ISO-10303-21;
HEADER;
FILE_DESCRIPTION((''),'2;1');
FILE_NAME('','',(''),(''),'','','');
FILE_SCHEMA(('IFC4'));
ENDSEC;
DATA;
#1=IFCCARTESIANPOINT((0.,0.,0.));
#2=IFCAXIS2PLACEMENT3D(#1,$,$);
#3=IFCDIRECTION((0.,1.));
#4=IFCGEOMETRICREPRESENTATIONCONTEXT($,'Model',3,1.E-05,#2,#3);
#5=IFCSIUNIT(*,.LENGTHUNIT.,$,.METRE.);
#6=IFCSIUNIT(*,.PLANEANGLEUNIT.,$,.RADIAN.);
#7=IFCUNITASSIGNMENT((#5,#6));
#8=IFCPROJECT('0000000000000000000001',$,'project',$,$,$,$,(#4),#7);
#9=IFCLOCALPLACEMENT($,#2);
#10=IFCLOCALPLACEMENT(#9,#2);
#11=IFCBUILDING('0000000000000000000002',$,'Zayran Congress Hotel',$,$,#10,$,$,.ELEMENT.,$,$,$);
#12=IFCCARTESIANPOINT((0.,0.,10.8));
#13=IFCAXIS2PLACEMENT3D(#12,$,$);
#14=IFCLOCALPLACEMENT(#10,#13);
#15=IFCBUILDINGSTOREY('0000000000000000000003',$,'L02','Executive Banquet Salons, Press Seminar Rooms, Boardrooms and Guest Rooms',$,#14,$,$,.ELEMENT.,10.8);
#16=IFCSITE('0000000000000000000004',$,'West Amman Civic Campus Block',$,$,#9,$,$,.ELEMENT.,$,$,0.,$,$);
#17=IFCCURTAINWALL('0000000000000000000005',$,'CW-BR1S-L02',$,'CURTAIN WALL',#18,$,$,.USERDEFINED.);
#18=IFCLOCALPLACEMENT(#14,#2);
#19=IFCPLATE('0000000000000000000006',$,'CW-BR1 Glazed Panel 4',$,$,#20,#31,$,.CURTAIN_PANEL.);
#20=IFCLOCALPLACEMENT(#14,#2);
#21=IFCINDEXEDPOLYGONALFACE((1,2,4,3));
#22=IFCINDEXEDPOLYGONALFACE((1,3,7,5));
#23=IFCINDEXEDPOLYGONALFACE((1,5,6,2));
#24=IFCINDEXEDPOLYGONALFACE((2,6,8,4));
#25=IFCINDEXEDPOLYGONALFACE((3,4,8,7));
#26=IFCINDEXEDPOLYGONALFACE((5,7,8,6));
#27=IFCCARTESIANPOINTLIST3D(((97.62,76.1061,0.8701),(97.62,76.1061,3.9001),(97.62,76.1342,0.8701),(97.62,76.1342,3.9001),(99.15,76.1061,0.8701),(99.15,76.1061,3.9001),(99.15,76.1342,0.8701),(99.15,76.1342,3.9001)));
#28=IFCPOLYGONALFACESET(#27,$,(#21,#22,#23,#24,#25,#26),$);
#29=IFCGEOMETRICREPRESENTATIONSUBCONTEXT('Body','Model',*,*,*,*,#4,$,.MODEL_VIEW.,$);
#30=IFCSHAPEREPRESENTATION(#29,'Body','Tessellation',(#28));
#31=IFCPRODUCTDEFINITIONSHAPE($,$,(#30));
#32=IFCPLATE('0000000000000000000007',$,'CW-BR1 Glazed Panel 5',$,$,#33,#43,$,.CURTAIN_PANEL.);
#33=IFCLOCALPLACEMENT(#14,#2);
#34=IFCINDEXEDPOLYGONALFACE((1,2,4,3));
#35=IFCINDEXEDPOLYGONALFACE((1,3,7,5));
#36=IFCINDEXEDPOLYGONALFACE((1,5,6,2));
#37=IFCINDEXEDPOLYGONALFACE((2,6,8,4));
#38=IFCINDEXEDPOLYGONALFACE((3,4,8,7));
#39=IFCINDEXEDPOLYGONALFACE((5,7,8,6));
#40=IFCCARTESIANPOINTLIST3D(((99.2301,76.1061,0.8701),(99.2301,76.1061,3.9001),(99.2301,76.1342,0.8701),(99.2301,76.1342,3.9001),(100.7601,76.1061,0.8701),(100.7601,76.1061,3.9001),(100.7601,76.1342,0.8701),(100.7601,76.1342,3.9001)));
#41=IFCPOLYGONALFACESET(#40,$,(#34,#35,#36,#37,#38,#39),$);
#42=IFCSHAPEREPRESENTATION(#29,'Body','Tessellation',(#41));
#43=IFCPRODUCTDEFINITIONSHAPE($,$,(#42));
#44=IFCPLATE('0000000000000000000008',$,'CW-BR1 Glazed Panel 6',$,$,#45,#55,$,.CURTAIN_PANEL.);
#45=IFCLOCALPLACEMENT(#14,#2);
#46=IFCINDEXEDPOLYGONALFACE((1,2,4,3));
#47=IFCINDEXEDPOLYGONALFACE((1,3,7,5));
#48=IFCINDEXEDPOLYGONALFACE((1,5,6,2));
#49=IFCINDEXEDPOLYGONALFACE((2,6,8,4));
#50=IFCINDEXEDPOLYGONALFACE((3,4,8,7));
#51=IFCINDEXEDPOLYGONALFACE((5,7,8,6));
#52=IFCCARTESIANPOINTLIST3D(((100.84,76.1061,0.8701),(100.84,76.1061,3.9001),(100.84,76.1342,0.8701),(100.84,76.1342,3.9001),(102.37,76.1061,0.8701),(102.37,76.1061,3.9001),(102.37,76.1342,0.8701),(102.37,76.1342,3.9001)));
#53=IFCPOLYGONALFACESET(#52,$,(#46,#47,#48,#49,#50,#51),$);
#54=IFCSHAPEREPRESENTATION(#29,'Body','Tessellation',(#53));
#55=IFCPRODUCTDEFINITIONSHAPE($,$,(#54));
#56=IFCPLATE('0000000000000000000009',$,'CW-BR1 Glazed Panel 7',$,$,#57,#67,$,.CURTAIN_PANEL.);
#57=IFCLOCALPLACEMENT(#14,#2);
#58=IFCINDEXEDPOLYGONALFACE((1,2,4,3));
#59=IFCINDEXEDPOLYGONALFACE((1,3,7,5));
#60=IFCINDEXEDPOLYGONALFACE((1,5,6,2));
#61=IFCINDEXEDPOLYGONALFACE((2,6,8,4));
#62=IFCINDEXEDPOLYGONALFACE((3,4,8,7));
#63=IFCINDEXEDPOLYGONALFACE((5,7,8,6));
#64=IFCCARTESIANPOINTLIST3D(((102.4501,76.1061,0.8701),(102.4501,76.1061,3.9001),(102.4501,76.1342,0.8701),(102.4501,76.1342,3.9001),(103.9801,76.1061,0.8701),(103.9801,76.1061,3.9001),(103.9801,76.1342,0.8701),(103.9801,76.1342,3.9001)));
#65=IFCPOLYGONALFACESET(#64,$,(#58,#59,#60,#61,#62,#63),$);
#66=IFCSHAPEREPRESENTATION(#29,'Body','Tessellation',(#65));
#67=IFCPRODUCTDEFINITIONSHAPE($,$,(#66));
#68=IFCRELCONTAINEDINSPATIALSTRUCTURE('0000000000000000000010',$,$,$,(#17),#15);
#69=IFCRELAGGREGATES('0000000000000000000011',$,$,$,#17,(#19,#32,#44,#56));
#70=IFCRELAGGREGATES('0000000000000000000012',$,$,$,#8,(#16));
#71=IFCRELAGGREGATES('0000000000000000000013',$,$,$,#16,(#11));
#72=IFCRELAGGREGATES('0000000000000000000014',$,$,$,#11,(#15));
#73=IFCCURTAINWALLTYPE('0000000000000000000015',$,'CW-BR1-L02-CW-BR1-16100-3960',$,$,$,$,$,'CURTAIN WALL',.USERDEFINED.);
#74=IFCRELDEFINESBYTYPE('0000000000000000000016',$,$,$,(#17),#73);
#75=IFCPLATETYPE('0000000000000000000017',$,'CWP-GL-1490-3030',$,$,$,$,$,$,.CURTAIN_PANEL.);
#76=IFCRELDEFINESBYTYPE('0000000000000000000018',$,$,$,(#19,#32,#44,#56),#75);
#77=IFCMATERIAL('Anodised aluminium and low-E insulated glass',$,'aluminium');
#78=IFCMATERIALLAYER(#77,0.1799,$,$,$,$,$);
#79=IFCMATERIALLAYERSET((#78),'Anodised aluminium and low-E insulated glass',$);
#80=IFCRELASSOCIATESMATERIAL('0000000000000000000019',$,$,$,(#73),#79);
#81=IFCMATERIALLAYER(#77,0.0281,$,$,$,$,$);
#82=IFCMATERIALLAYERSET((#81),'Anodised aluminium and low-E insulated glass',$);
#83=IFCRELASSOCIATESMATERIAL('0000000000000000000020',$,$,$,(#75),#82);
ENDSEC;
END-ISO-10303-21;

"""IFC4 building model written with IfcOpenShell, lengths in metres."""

from ifc_helpers import new_model, si_unit, direction, frame, origin, origin_2d, place, context, subcontext, project, spatial, rectangle, extrude, material, layer, layer_set, type_object, element, aggregate, save


model = new_model("IFC4")

# Units and contexts
model_context = context("Model", 3, precision=1e-05, world=origin(), true_north=direction((0.0, 1.0)))
body_context = subcontext(model_context, "Body", "Model", "MODEL_VIEW")
ifc_project = project(units=[si_unit("LENGTHUNIT", "METRE"), si_unit("PLANEANGLEUNIT", "RADIAN")], contexts=[model_context])

# Site, building, storey
site_placement = place(None, origin())
site = spatial("IfcSite", under=ifc_project, at=site_placement, Name="West Amman Civic Campus Block", CompositionType="ELEMENT", RefElevation=0.0)
building_placement = place(site_placement, origin())
building = spatial("IfcBuilding", under=site, at=building_placement, Name="Zayran Congress Hotel", CompositionType="ELEMENT")
storey_placement = place(building_placement, frame((0.0, 0.0, 10.8)))
storey = spatial("IfcBuildingStorey", under=building, at=storey_placement, Name="L02", Description="Executive Banquet Salons, Press Seminar Rooms, Boardrooms and Guest Rooms", CompositionType="ELEMENT", Elevation=10.8)

# Curtain wall, plates
ifc_material_1 = material(Name="Anodised aluminium and low-E insulated glass", Category="aluminium")
ifc_layer_1 = layer(ifc_material_1, 0.1799)
ifc_layer_set_1 = layer_set([ifc_layer_1], Name="Anodised aluminium and low-E insulated glass")
curtain_wall_type = type_object("IfcCurtainWallType", Name="CW-BR1-L02-CW-BR1-16100-3960", ElementType="CURTAIN WALL", PredefinedType="USERDEFINED", material=ifc_layer_set_1)
curtain_wall_placement = place(storey_placement, origin())
curtain_wall = element("IfcCurtainWall", 1, at=curtain_wall_placement, inside=storey, type_object=curtain_wall_type, Name="CW-BR1S-L02", ObjectType="CURTAIN WALL", PredefinedType="USERDEFINED")
ifc_layer_2 = layer(ifc_material_1, 0.0281)
ifc_layer_set_2 = layer_set([ifc_layer_2], Name="Anodised aluminium and low-E insulated glass")
plate_type_1 = type_object("IfcPlateType", Name="CWP-GL-1490-3030", PredefinedType="CURTAIN_PANEL", material=ifc_layer_set_2)
plate_1_placement = place(storey_placement, frame((98.385, 76.1201, 0.8701), z_axis=(0.0, 0.0, 1.0), x_axis=(1.0, 0.0, 0.0)))
plate_1 = element("IfcPlate", 2, at=plate_1_placement, type_object=plate_type_1, Name="CW-BR1 Glazed Panel 4", PredefinedType="CURTAIN_PANEL", context=body_context, shape_type="SweptSolid", body=[
    extrude(rectangle(XDim=1.53, YDim=0.0281, at=origin_2d()), origin(), (0.0, 0.0, 1.0), 3.03),
])
plate_2_placement = place(storey_placement, frame((99.9951, 76.1201, 0.8701), z_axis=(0.0, 0.0, 1.0), x_axis=(1.0, 0.0, 0.0)))
plate_2 = element("IfcPlate", 3, at=plate_2_placement, type_object=plate_type_1, Name="CW-BR1 Glazed Panel 5", PredefinedType="CURTAIN_PANEL", context=body_context, shape_type="SweptSolid", body=[
    extrude(rectangle(XDim=1.53, YDim=0.0281, at=origin_2d()), origin(), (0.0, 0.0, 1.0), 3.03),
])
plate_3_placement = place(storey_placement, frame((101.605, 76.1201, 0.8701), z_axis=(0.0, 0.0, 1.0), x_axis=(1.0, 0.0, 0.0)))
plate_3 = element("IfcPlate", 4, at=plate_3_placement, type_object=plate_type_1, Name="CW-BR1 Glazed Panel 6", PredefinedType="CURTAIN_PANEL", context=body_context, shape_type="SweptSolid", body=[
    extrude(rectangle(XDim=1.53, YDim=0.0281, at=origin_2d()), origin(), (0.0, 0.0, 1.0), 3.03),
])
plate_4_placement = place(storey_placement, frame((103.2151, 76.1201, 0.8701), z_axis=(0.0, 0.0, 1.0), x_axis=(1.0, 0.0, 0.0)))
plate_4 = element("IfcPlate", 5, at=plate_4_placement, type_object=plate_type_1, Name="CW-BR1 Glazed Panel 7", PredefinedType="CURTAIN_PANEL", context=body_context, shape_type="SweptSolid", body=[
    extrude(rectangle(XDim=1.53, YDim=0.0281, at=origin_2d()), origin(), (0.0, 0.0, 1.0), 3.03),
])
aggregate(curtain_wall, [plate_1, plate_2, plate_3, plate_4])

save(model, "model.ifc")
